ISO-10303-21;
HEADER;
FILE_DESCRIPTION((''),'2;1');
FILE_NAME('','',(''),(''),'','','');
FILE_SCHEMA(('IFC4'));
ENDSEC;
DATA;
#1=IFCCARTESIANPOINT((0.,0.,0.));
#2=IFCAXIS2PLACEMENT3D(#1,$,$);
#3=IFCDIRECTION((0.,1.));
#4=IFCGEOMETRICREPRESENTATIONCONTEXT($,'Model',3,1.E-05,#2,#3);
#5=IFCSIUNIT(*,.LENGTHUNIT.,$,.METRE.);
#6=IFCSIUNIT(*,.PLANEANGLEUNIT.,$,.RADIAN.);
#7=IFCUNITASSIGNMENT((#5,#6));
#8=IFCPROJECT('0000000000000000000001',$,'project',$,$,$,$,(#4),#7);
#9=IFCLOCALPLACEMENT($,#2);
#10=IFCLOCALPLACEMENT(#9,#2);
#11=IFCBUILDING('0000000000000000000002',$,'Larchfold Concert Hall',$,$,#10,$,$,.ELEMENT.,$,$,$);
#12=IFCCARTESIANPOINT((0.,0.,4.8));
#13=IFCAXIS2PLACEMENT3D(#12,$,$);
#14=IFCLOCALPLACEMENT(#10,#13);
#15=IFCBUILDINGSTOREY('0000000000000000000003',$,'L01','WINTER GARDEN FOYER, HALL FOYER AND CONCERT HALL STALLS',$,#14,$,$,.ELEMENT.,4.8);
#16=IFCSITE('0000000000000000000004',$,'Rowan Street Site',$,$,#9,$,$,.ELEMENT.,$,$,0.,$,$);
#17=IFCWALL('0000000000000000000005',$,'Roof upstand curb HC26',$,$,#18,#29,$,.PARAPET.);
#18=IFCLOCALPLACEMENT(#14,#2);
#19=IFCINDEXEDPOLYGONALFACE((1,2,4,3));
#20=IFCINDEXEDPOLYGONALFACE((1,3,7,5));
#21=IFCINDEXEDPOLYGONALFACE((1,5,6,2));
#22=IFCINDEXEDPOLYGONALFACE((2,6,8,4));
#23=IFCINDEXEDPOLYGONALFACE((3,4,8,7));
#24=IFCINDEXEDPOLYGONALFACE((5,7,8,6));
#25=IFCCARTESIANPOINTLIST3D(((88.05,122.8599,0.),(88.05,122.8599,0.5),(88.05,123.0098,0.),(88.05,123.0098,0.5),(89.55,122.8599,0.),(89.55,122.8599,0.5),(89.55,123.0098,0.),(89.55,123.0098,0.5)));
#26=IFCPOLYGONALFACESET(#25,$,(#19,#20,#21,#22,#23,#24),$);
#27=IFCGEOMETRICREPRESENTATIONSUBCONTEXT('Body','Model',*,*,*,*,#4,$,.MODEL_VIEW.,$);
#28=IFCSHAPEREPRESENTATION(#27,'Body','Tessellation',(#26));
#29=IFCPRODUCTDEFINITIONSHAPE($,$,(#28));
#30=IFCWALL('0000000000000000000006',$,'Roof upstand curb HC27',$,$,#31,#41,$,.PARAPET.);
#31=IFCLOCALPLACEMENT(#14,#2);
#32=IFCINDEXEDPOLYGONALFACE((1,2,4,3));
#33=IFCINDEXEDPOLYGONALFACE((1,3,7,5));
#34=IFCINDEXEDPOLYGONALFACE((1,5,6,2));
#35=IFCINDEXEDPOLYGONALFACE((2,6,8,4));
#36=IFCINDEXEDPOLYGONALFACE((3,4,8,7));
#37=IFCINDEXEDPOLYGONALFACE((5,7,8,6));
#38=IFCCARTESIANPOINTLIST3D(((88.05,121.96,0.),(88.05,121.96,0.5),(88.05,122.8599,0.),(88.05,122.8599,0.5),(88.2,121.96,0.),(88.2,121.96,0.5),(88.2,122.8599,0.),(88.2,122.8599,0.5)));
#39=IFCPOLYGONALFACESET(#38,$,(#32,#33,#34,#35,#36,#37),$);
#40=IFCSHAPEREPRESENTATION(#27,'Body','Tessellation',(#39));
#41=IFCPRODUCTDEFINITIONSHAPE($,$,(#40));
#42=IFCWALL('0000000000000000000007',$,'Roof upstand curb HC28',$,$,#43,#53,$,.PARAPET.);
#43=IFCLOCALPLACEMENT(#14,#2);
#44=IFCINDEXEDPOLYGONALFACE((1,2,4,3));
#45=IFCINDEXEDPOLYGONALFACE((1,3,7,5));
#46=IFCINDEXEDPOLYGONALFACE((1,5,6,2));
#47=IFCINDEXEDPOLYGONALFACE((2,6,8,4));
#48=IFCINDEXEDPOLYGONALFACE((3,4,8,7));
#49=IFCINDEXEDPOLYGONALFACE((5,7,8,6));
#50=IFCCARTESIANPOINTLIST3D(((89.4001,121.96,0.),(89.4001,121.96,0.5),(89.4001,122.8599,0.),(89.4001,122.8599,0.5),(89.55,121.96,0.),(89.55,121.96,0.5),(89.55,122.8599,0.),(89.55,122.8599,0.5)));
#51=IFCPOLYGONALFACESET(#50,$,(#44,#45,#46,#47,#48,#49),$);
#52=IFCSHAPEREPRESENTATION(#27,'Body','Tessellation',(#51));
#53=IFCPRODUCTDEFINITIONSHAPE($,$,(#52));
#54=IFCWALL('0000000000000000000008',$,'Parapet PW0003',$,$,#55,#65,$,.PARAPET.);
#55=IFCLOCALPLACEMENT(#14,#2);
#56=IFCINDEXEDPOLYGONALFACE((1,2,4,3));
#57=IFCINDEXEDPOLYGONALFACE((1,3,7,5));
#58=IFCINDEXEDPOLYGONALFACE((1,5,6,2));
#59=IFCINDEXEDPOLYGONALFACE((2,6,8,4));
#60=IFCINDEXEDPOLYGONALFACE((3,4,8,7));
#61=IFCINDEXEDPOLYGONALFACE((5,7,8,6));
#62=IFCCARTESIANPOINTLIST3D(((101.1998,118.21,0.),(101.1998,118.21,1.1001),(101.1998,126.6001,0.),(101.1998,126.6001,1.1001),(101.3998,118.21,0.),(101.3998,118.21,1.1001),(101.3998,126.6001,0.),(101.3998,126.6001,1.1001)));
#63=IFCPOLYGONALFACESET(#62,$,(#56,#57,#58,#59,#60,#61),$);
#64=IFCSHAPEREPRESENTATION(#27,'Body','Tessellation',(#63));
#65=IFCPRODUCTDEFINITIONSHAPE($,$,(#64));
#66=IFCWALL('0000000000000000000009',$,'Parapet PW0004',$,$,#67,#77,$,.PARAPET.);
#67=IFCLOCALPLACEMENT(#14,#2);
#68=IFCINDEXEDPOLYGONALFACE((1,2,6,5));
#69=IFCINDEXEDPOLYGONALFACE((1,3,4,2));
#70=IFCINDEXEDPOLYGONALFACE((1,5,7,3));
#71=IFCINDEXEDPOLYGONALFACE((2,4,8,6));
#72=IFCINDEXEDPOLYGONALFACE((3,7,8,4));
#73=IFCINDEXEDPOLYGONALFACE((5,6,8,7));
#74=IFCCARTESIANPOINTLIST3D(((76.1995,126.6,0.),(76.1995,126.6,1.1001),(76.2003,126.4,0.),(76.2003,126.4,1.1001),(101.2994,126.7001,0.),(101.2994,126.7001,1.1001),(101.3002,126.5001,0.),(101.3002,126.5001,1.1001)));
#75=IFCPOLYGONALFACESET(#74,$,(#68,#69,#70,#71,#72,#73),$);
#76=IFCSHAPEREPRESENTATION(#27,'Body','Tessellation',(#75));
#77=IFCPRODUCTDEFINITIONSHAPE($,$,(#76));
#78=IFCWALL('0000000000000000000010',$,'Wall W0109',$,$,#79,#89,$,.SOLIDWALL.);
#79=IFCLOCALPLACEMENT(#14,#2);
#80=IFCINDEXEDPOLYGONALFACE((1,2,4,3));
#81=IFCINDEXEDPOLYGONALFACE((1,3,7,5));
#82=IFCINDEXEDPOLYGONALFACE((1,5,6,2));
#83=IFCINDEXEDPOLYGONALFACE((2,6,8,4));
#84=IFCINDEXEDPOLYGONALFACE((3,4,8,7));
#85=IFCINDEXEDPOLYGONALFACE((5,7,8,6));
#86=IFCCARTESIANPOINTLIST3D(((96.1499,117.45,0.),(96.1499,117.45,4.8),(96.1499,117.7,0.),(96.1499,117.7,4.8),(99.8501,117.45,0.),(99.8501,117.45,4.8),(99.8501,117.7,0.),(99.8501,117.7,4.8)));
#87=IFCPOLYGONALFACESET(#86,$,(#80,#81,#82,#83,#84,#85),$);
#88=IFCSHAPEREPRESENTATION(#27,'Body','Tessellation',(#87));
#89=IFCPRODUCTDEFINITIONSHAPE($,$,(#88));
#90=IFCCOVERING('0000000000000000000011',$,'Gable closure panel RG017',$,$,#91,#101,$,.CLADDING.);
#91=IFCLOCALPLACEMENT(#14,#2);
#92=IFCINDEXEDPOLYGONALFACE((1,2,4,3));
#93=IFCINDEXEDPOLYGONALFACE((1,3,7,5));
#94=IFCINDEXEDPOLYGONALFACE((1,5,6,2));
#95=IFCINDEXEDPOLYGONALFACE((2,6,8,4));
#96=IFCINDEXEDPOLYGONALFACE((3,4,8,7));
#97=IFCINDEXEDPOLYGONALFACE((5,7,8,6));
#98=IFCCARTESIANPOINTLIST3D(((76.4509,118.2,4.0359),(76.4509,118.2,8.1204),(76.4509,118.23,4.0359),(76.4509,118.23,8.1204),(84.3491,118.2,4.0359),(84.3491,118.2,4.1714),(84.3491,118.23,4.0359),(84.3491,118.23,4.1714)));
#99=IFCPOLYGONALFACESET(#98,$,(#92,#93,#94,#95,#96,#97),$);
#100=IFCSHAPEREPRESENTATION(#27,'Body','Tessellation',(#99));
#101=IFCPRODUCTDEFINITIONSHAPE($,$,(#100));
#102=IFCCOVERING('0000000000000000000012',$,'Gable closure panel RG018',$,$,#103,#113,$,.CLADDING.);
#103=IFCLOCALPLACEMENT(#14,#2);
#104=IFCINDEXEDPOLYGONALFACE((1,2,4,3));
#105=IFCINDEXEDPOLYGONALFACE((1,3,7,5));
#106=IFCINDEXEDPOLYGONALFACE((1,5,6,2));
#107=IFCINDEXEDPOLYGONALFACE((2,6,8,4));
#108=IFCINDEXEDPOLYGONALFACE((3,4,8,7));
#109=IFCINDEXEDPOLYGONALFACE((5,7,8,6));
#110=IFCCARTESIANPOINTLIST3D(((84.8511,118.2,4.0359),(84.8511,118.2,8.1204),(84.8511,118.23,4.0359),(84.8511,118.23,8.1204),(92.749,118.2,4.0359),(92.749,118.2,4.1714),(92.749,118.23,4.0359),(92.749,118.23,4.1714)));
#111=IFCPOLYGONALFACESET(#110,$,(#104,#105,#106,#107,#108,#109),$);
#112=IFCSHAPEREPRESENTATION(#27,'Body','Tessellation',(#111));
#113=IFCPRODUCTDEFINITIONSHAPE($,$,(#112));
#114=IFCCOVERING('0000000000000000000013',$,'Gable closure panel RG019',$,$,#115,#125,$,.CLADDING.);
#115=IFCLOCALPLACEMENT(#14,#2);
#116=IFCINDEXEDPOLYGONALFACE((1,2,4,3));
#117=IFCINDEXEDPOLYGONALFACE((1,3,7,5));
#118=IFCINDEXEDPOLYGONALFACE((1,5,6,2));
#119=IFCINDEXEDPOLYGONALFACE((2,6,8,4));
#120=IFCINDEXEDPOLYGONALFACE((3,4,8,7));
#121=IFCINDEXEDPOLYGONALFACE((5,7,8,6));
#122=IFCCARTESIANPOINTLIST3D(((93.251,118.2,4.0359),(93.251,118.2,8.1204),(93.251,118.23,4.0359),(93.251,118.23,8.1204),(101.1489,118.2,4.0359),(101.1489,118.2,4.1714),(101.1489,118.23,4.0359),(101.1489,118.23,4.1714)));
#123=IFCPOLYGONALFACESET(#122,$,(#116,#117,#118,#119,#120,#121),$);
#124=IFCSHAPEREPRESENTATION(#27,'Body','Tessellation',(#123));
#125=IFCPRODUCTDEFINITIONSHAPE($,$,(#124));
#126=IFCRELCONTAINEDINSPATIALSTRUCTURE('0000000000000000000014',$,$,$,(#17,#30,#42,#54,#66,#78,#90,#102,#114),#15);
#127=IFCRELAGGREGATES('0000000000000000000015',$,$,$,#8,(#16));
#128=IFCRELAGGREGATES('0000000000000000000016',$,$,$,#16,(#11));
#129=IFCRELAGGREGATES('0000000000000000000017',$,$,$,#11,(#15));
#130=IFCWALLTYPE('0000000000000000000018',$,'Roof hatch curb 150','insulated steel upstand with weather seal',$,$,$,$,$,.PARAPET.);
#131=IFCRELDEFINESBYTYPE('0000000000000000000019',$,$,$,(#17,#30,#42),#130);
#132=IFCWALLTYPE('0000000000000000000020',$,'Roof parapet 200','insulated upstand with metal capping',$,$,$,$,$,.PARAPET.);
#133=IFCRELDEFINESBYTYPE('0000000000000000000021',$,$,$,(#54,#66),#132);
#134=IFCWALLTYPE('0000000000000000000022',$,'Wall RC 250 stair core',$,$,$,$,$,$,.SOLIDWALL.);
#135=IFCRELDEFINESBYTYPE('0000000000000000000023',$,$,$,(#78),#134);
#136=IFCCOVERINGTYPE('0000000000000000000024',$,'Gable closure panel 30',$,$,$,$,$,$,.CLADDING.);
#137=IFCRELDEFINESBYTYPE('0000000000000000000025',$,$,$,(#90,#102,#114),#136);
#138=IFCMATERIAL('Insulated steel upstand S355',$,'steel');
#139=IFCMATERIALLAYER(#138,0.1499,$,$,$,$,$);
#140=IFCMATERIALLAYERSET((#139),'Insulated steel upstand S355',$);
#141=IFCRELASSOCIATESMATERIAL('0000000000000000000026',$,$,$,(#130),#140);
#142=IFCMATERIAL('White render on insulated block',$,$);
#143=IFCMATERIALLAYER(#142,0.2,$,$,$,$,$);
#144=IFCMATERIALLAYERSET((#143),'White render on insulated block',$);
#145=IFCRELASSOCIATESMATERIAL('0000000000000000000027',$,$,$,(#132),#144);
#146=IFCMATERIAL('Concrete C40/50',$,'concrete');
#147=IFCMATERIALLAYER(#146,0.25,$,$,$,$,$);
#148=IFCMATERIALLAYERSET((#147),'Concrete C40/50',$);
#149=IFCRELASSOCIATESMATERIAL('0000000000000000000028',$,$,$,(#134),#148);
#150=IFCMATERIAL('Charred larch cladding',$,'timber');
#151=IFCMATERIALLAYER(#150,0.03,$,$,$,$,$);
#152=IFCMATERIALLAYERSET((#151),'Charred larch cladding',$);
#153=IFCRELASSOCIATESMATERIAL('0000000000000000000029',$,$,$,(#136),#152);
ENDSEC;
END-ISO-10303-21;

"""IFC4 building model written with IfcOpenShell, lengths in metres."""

from ifc_helpers import new_model, si_unit, direction, frame, frame_2d, origin, place, context, subcontext, project, spatial, polyline, rectangle, outline, extrude, material, layer, layer_set, type_object, element, save


model = new_model("IFC4")

# Units and contexts
model_context = context("Model", 3, precision=1e-05, world=origin(), true_north=direction((0.0, 1.0)))
body_context = subcontext(model_context, "Body", "Model", "MODEL_VIEW")
ifc_project = project(units=[si_unit("LENGTHUNIT", "METRE"), si_unit("PLANEANGLEUNIT", "RADIAN")], contexts=[model_context])

# Site, building, storey
site_placement = place(None, origin())
site = spatial("IfcSite", under=ifc_project, at=site_placement, Name="Rowan Street Site", CompositionType="ELEMENT", RefElevation=0.0)
building_placement = place(site_placement, origin())
building = spatial("IfcBuilding", under=site, at=building_placement, Name="Larchfold Concert Hall", CompositionType="ELEMENT")
storey_placement = place(building_placement, frame((0.0, 0.0, 4.8)))
storey = spatial("IfcBuildingStorey", under=building, at=storey_placement, Name="L01", Description="WINTER GARDEN FOYER, HALL FOYER AND CONCERT HALL STALLS", CompositionType="ELEMENT", Elevation=4.8)

# Walls
ifc_material_1 = material(Name="Insulated steel upstand S355", Category="steel")
ifc_layer_1 = layer(ifc_material_1, 0.1499)
ifc_layer_set_1 = layer_set([ifc_layer_1], Name="Insulated steel upstand S355")
wall_type_1 = type_object("IfcWallType", Name="Roof hatch curb 150", Description="insulated steel upstand with weather seal", PredefinedType="PARAPET", material=ifc_layer_set_1)
for number, where, z_axis, x_axis, name in (
    (1, (88.05, 122.9348, 0.0), (0.0, 0.0, 1.0), (1.0, 0.0, 0.0), "Roof upstand curb HC26"),
):
    element("IfcWall", number, at=place(storey_placement, frame(where, z_axis=z_axis, x_axis=x_axis)), inside=storey, type_object=wall_type_1, Name=name, PredefinedType="PARAPET", context=body_context, shape_type="SweptSolid", body=[
        extrude(rectangle(XDim=1.5, YDim=0.1499, at=frame_2d((0.75, 0.0))), origin(), (0.0, 0.0, 1.0), 0.5),
    ])
for number, where, z_axis, x_axis, name in (
    (2, (88.125, 121.96, 0.0), (0.0, 0.0, 1.0), (0.0, 1.0, 0.0), "Roof upstand curb HC27"),
    (3, (89.4751, 121.96, 0.0), (0.0, 0.0, 1.0), (0.0, 1.0, 0.0), "Roof upstand curb HC28"),
):
    element("IfcWall", number, at=place(storey_placement, frame(where, z_axis=z_axis, x_axis=x_axis)), inside=storey, type_object=wall_type_1, Name=name, PredefinedType="PARAPET", context=body_context, shape_type="SweptSolid", body=[
        extrude(rectangle(XDim=0.8999, YDim=0.1499, at=frame_2d((0.45, 0.0))), origin(), (0.0, 0.0, 1.0), 0.5),
    ])
ifc_material_2 = material(Name="White render on insulated block")
ifc_layer_2 = layer(ifc_material_2, 0.2)
ifc_layer_set_2 = layer_set([ifc_layer_2], Name="White render on insulated block")
wall_type_2 = type_object("IfcWallType", Name="Roof parapet 200", Description="insulated upstand with metal capping", PredefinedType="PARAPET", material=ifc_layer_set_2)
wall_1_placement = place(storey_placement, frame((101.2998, 118.21, 0.0), z_axis=(0.0, 0.0, 1.0), x_axis=(0.0, 1.0, 0.0)))
element("IfcWall", 4, at=wall_1_placement, inside=storey, type_object=wall_type_2, Name="Parapet PW0003", PredefinedType="PARAPET", context=body_context, shape_type="SweptSolid", body=[
    extrude(rectangle(XDim=8.3901, YDim=0.2, at=frame_2d((4.1951, 0.0))), origin(), (0.0, 0.0, 1.0), 1.1001),
])
wall_2_placement = place(storey_placement, frame((101.2998, 126.6001, 0.0), z_axis=(0.0, 0.0, 1.0), x_axis=(-0.999992, -0.003988, 0.0)))
element("IfcWall", 5, at=wall_2_placement, inside=storey, type_object=wall_type_2, Name="Parapet PW0004", PredefinedType="PARAPET", context=body_context, shape_type="SweptSolid", body=[
    extrude(rectangle(XDim=25.1001, YDim=0.2, at=frame_2d((12.55, 0.0))), origin(), (0.0, 0.0, 1.0), 1.1001),
])
ifc_material_3 = material(Name="Concrete C40/50", Category="concrete")
ifc_layer_3 = layer(ifc_material_3, 0.25)
ifc_layer_set_3 = layer_set([ifc_layer_3], Name="Concrete C40/50")
wall_type_3 = type_object("IfcWallType", Name="Wall RC 250 stair core", PredefinedType="SOLIDWALL", material=ifc_layer_set_3)
wall_3_placement = place(storey_placement, frame((96.1499, 117.575, 0.0), z_axis=(0.0, 0.0, 1.0), x_axis=(1.0, 0.0, 0.0)))
element("IfcWall", 6, at=wall_3_placement, inside=storey, type_object=wall_type_3, Name="Wall W0109", PredefinedType="SOLIDWALL", context=body_context, shape_type="SweptSolid", body=[
    extrude(rectangle(XDim=3.7002, YDim=0.25, at=frame_2d((1.8501, 0.0))), origin(), (0.0, 0.0, 1.0), 4.8),
])

# Coverings
ifc_material_4 = material(Name="Charred larch cladding", Category="timber")
ifc_layer_4 = layer(ifc_material_4, 0.03)
ifc_layer_set_4 = layer_set([ifc_layer_4], Name="Charred larch cladding")
covering_type = type_object("IfcCoveringType", Name="Gable closure panel 30", PredefinedType="CLADDING", material=ifc_layer_set_4)
covering_placement = place(storey_placement, frame((84.3491, 118.23, 4.0359), z_axis=(0.0, 1.0, 0.0), x_axis=(-1.0, 0.0, 0.0)))
element("IfcCovering", 7, at=covering_placement, inside=storey, type_object=covering_type, Name="Gable closure panel RG017", PredefinedType="CLADDING", context=body_context, shape_type="SweptSolid", body=[
    extrude(outline(polyline([(0.0, 0.0), (7.8982, 0.0), (7.8982, 4.0845), (0.0, 0.1355), (0.0, 0.0)])), origin(), (0.0, 0.0, -1.0), 0.03),
])
for number, where, z_axis, x_axis, name in (
    (8, (92.749, 118.23, 4.0359), (0.0, 1.0, 0.0), (-1.0, 0.0, 0.0), "Gable closure panel RG018"),
    (9, (101.1489, 118.23, 4.0359), (0.0, 1.0, 0.0), (-1.0, 0.0, 0.0), "Gable closure panel RG019"),
):
    element("IfcCovering", number, at=place(storey_placement, frame(where, z_axis=z_axis, x_axis=x_axis)), inside=storey, type_object=covering_type, Name=name, PredefinedType="CLADDING", context=body_context, shape_type="SweptSolid", body=[
        extrude(outline(polyline([(0.0, 0.0), (7.8979, 0.0), (7.8979, 4.0845), (0.0, 0.1355), (0.0, 0.0)])), origin(), (0.0, 0.0, -1.0), 0.03),
    ])

save(model, "model.ifc")
